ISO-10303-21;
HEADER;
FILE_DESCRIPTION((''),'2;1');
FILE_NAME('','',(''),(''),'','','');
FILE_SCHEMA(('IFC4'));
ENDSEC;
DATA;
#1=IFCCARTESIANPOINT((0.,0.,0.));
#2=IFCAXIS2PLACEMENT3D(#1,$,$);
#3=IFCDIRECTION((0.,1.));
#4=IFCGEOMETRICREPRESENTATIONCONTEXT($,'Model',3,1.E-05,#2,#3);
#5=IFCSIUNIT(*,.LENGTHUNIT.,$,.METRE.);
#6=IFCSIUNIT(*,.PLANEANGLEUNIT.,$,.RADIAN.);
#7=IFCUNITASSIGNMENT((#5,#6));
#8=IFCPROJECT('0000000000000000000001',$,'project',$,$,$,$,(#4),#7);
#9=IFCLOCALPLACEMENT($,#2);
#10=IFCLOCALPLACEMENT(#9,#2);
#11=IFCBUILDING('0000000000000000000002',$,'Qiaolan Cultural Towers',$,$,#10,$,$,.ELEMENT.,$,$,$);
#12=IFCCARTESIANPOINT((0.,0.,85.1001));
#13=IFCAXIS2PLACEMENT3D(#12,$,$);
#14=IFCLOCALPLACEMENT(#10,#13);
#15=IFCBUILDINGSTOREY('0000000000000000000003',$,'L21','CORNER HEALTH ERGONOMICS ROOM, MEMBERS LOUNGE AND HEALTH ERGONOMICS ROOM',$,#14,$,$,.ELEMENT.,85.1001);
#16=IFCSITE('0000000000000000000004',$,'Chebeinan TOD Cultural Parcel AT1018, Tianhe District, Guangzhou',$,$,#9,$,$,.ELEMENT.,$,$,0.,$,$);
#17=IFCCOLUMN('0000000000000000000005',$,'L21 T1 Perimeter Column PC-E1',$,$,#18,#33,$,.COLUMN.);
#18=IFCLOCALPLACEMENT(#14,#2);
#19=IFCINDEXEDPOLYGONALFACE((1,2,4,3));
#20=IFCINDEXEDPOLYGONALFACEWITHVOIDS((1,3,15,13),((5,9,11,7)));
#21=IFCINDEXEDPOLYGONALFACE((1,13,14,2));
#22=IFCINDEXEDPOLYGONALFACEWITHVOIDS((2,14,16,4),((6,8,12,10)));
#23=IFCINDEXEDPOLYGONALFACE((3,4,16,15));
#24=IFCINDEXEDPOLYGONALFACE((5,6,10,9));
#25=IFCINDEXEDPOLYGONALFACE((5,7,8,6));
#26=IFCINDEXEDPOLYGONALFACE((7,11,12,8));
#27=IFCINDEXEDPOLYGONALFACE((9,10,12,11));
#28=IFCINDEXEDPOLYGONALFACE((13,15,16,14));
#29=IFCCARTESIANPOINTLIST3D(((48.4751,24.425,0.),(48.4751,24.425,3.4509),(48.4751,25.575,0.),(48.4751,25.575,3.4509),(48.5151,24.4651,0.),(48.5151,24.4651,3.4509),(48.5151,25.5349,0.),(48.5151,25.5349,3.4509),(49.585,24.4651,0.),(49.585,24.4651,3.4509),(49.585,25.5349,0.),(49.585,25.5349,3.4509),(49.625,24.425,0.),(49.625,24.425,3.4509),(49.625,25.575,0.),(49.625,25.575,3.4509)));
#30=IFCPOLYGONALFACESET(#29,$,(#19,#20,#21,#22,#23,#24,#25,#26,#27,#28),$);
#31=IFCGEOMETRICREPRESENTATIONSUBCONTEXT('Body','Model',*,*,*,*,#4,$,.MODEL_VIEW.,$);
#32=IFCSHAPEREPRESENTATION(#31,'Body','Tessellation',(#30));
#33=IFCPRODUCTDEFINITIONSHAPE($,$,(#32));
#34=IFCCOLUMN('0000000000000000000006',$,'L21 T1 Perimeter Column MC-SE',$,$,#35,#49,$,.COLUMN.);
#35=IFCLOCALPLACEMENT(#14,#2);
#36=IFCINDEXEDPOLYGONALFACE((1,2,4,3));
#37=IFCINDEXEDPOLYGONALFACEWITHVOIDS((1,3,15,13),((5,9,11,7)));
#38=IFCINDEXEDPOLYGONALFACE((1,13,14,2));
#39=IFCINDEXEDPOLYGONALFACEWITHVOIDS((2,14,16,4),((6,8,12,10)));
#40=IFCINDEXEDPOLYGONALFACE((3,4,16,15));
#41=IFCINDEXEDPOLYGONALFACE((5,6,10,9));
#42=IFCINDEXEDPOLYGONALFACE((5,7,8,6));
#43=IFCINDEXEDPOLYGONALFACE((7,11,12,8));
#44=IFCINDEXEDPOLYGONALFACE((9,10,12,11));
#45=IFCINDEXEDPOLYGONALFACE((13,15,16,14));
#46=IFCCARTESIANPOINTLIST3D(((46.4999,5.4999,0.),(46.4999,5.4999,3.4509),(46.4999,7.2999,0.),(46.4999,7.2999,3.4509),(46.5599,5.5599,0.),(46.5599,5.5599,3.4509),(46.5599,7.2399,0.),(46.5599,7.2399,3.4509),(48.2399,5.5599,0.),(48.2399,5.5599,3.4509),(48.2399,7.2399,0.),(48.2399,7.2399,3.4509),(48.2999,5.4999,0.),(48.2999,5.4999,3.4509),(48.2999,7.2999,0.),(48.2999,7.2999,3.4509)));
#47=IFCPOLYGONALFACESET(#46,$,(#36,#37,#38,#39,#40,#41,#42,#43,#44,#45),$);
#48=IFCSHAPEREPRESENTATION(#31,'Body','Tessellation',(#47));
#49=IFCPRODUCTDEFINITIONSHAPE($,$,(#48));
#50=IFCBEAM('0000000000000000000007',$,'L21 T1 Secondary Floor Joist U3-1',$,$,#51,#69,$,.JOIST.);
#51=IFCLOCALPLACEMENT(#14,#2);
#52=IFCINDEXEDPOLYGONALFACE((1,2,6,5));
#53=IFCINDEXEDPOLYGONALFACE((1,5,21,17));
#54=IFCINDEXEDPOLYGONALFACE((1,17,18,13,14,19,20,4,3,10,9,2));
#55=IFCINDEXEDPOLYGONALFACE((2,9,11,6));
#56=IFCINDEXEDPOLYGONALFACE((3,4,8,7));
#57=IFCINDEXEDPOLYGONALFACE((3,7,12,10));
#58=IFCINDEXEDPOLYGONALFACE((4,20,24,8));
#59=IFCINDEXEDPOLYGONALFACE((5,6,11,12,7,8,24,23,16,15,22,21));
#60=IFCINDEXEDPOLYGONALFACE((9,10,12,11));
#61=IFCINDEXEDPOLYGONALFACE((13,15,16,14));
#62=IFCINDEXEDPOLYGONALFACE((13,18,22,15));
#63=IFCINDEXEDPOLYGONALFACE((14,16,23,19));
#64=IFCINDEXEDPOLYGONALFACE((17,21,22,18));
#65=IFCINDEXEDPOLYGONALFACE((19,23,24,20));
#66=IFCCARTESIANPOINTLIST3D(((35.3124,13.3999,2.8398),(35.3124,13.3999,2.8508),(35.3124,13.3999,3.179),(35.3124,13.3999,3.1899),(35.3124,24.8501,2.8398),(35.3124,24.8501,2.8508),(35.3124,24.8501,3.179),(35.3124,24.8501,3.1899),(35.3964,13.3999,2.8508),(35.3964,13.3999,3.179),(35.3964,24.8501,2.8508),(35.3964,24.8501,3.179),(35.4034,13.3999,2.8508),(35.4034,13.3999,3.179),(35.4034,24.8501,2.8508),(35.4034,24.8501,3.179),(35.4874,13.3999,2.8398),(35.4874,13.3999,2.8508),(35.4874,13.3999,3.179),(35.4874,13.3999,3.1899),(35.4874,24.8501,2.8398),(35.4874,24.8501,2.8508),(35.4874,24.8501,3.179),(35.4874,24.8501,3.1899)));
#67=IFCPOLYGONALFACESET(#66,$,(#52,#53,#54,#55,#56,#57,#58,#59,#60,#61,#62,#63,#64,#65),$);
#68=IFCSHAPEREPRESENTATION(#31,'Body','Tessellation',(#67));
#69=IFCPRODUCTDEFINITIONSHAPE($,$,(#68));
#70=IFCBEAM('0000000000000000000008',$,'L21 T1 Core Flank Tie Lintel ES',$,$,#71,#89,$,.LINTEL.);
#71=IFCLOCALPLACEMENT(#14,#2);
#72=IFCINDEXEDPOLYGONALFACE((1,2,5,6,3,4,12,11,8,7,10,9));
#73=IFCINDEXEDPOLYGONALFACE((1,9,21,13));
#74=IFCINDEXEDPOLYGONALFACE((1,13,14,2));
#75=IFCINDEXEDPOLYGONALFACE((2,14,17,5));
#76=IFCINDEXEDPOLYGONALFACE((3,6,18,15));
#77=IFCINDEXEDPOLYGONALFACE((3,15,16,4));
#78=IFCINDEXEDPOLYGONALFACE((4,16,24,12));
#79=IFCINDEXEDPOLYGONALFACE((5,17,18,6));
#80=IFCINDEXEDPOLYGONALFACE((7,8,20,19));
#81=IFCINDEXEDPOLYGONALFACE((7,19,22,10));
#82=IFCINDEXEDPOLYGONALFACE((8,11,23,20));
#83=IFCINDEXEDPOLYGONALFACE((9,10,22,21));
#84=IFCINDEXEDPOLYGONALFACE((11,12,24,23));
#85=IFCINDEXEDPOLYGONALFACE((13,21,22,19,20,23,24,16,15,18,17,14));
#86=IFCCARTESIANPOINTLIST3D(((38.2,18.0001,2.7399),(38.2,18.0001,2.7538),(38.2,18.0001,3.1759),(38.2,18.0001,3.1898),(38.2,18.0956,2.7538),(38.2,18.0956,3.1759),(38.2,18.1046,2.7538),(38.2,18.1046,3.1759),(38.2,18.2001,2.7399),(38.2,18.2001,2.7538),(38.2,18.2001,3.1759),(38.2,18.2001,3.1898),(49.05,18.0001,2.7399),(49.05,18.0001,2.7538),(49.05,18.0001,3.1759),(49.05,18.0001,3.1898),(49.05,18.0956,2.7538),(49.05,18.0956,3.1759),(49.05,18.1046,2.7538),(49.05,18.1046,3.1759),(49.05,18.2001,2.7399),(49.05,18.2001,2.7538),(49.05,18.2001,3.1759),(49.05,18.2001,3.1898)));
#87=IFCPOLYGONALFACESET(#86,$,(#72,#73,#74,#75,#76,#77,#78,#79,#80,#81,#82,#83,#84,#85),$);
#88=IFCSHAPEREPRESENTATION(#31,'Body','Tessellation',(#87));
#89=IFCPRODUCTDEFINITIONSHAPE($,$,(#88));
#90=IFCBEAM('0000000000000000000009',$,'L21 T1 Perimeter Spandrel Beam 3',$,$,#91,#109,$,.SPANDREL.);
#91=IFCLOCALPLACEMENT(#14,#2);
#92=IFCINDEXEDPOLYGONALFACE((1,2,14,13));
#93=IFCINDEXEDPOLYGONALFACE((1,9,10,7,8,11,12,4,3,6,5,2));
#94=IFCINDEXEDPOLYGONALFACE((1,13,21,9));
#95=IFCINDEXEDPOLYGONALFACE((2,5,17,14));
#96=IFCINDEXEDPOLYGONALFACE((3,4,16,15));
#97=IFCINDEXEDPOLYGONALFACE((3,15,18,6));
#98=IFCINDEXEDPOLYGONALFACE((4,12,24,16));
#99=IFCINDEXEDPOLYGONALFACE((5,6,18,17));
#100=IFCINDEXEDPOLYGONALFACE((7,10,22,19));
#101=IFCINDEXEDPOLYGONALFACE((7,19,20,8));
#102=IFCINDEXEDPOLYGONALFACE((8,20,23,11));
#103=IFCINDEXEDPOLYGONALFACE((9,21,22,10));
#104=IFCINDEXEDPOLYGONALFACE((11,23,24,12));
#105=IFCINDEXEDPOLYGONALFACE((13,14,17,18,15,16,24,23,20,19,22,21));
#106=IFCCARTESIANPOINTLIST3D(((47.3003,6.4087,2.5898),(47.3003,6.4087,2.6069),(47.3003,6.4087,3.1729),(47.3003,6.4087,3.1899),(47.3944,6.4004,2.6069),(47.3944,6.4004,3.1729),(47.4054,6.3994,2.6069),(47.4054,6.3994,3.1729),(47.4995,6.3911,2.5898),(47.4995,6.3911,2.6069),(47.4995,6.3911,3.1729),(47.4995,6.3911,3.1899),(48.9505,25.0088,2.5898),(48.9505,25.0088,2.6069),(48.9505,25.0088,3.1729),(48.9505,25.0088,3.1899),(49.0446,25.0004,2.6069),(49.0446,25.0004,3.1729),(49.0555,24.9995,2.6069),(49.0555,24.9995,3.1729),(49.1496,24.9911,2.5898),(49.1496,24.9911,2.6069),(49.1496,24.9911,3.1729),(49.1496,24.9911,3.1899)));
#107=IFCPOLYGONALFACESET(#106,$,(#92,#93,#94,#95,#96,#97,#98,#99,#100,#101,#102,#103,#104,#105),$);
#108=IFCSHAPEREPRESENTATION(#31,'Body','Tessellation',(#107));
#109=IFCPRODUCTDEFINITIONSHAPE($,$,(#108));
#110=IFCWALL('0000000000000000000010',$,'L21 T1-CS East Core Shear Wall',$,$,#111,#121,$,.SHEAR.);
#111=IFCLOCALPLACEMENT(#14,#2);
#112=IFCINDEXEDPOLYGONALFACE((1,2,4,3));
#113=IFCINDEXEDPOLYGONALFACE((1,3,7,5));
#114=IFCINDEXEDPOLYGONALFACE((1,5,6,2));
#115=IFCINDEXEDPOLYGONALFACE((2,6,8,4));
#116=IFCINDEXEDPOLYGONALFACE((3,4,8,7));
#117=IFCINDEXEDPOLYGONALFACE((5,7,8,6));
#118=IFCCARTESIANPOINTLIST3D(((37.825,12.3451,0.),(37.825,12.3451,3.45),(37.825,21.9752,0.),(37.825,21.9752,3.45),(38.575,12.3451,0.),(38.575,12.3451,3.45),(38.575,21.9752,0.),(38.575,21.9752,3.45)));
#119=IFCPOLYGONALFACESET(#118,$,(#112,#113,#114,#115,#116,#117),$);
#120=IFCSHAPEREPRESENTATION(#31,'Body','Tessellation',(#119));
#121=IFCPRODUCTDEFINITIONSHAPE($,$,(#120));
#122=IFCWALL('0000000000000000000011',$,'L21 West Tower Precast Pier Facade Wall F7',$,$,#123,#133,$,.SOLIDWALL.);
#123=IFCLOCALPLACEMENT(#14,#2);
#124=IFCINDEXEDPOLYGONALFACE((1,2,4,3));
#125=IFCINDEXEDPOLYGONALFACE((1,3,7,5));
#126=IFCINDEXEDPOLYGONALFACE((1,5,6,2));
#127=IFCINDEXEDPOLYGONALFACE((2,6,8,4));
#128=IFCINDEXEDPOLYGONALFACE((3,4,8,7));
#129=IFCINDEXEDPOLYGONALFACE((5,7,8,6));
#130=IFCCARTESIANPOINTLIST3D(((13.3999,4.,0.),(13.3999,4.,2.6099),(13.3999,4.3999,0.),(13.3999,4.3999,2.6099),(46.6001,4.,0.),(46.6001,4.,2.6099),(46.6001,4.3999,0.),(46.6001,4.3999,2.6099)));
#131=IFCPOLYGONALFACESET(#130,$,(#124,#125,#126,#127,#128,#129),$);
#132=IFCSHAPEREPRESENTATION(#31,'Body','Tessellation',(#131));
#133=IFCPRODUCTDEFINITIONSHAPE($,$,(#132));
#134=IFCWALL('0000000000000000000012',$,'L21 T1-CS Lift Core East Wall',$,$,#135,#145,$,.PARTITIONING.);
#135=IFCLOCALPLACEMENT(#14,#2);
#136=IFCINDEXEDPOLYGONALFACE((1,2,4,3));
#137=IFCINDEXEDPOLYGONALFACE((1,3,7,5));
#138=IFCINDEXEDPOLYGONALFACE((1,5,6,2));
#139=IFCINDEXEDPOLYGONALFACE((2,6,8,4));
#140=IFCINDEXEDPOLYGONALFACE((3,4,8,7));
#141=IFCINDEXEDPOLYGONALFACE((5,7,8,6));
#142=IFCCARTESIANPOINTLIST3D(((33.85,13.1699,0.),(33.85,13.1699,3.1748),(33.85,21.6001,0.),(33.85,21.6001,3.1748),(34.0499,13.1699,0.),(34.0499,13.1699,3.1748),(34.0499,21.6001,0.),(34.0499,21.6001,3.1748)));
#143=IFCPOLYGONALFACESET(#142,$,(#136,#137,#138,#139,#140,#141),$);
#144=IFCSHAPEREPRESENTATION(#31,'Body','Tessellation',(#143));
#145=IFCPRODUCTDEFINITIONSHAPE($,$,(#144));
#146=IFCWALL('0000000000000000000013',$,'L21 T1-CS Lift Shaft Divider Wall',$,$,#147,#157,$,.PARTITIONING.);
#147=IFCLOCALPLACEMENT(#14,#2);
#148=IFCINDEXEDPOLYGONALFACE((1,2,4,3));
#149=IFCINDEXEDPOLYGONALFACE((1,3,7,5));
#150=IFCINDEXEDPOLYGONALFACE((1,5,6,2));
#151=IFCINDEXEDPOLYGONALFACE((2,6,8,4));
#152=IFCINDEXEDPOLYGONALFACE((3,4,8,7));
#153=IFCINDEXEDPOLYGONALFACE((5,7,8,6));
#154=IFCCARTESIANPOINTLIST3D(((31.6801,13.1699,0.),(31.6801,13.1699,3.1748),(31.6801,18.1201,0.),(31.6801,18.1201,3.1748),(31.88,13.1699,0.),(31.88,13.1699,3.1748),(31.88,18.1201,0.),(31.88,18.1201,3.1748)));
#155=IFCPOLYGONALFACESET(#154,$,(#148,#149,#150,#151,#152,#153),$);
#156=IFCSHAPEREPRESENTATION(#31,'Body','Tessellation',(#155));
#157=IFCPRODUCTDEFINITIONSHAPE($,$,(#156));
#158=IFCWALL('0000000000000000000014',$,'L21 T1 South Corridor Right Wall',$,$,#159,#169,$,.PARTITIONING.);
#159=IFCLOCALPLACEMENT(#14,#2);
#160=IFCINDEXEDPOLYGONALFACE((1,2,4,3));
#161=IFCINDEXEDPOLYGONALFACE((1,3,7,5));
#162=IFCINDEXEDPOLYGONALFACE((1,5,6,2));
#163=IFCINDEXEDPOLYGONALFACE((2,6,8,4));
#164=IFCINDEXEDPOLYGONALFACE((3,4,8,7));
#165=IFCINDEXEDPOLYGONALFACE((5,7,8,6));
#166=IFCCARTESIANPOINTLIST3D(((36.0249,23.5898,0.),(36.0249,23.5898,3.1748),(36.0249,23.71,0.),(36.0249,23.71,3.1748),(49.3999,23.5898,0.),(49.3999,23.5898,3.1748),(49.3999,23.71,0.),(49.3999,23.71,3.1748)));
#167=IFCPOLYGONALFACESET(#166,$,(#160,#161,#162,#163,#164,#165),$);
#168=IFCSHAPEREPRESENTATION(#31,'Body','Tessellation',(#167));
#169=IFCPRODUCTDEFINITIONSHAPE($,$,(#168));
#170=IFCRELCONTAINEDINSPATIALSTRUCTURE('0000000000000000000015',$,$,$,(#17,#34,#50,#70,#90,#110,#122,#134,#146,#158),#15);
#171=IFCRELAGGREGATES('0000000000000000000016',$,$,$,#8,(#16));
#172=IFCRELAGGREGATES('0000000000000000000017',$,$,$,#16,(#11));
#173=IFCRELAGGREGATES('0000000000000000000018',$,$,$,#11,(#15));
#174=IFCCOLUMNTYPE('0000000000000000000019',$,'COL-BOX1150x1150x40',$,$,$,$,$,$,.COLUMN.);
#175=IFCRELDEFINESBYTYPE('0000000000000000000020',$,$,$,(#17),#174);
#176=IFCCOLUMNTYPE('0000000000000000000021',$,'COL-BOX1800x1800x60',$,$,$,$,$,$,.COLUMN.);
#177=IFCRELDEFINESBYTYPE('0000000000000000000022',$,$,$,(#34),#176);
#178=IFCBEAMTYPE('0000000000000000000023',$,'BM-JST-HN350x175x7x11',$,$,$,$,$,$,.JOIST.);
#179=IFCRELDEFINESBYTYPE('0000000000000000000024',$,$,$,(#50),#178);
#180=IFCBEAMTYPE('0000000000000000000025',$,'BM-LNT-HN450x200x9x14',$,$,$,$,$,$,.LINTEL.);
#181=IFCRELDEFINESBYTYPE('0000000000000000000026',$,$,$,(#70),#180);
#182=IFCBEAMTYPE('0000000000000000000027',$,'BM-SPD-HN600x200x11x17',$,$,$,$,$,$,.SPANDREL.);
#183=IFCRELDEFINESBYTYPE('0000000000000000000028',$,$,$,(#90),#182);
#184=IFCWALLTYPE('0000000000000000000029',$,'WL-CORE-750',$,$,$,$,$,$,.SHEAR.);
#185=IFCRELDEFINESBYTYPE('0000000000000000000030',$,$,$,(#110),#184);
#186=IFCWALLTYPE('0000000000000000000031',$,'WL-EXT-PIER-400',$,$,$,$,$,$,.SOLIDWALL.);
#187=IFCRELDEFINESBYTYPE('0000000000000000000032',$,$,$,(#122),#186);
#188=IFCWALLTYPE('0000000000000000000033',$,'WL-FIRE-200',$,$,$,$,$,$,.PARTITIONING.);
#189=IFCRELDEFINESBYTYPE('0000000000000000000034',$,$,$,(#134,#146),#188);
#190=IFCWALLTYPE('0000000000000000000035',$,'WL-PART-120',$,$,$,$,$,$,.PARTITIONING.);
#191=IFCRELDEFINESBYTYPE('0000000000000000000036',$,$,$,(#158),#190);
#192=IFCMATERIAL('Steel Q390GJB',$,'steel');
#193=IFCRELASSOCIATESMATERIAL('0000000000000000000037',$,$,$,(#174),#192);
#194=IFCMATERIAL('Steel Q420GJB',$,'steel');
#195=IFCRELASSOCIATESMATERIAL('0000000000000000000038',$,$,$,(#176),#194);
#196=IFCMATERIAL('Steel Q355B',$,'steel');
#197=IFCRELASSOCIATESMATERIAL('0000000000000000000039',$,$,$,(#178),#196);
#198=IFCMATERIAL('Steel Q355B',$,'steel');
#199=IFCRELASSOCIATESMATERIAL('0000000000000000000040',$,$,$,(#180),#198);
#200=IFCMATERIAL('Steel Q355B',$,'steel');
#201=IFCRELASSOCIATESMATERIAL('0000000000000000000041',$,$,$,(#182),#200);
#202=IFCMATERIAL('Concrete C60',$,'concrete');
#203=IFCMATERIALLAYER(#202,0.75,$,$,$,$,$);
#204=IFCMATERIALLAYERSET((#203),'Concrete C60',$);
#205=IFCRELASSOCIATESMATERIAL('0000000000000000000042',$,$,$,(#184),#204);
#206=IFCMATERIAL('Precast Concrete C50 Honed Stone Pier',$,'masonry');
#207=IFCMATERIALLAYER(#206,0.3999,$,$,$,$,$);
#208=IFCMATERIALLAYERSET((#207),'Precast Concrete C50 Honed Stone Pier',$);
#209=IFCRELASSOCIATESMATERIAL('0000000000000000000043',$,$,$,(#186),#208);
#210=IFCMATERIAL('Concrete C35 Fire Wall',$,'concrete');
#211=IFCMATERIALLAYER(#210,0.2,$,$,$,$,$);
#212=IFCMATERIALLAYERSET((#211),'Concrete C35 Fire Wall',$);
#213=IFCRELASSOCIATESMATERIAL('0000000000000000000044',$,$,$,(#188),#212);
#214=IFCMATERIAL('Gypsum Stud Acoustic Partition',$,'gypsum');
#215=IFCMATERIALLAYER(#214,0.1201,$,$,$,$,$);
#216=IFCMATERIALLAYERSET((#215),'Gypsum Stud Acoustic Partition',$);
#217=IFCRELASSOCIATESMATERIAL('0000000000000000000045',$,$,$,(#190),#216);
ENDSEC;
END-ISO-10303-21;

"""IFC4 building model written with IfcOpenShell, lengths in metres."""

from ifc_helpers import new_model, si_unit, direction, frame, frame_2d, origin, origin_2d, place, context, subcontext, project, spatial, rectangle, hollow_rectangle, i_section, extrude, material, layer, layer_set, material_profile, profile_set, type_object, element, save


model = new_model("IFC4")

# Units and contexts
model_context = context("Model", 3, precision=1e-05, world=origin(), true_north=direction((0.0, 1.0)))
body_context = subcontext(model_context, "Body", "Model", "MODEL_VIEW")
ifc_project = project(units=[si_unit("LENGTHUNIT", "METRE"), si_unit("PLANEANGLEUNIT", "RADIAN")], contexts=[model_context])

# Site, building, storey
site_placement = place(None, origin())
site = spatial("IfcSite", under=ifc_project, at=site_placement, Name="Chebeinan TOD Cultural Parcel AT1018, Tianhe District, Guangzhou", CompositionType="ELEMENT", RefElevation=0.0)
building_placement = place(site_placement, origin())
building = spatial("IfcBuilding", under=site, at=building_placement, Name="Qiaolan Cultural Towers", CompositionType="ELEMENT")
storey_placement = place(building_placement, frame((0.0, 0.0, 85.1001)))
storey = spatial("IfcBuildingStorey", under=building, at=storey_placement, Name="L21", Description="CORNER HEALTH ERGONOMICS ROOM, MEMBERS LOUNGE AND HEALTH ERGONOMICS ROOM", CompositionType="ELEMENT", Elevation=85.1001)

# Columns
ifc_material_1 = material(Name="Steel Q390GJB", Category="steel")
ifc_material_profile_1 = material_profile(ifc_material_1, hollow_rectangle(XDim=1.1499, YDim=1.1499, WallThickness=0.04, at=origin_2d()), Name="BOX1150x1150x40")
ifc_profile_set_1 = profile_set([ifc_material_profile_1], Name="Steel Q390GJB")
column_type_1 = type_object("IfcColumnType", Name="COL-BOX1150x1150x40", PredefinedType="COLUMN", material=ifc_profile_set_1)
column_1_placement = place(storey_placement, frame((49.05, 25.0, 0.0), z_axis=(0.0, 0.0, 1.0), x_axis=(1.0, 0.0, 0.0)))
element("IfcColumn", 1, at=column_1_placement, inside=storey, type_object=column_type_1, Name="L21 T1 Perimeter Column PC-E1", PredefinedType="COLUMN", context=body_context, shape_type="SweptSolid", body=[
    extrude(hollow_rectangle(XDim=1.1499, YDim=1.1499, WallThickness=0.04, at=origin_2d()), origin(), (0.0, 0.0, 1.0), 3.4509),
])
ifc_material_2 = material(Name="Steel Q420GJB", Category="steel")
ifc_material_profile_2 = material_profile(ifc_material_2, hollow_rectangle(XDim=1.8, YDim=1.8, WallThickness=0.0601, at=origin_2d()), Name="BOX1800x1800x60")
ifc_profile_set_2 = profile_set([ifc_material_profile_2], Name="Steel Q420GJB")
column_type_2 = type_object("IfcColumnType", Name="COL-BOX1800x1800x60", PredefinedType="COLUMN", material=ifc_profile_set_2)
column_2_placement = place(storey_placement, frame((47.3999, 6.3999, 0.0), z_axis=(0.0, 0.0, 1.0), x_axis=(1.0, 0.0, 0.0)))
element("IfcColumn", 2, at=column_2_placement, inside=storey, type_object=column_type_2, Name="L21 T1 Perimeter Column MC-SE", PredefinedType="COLUMN", context=body_context, shape_type="SweptSolid", body=[
    extrude(hollow_rectangle(XDim=1.8, YDim=1.8, WallThickness=0.0601, at=origin_2d()), origin(), (0.0, 0.0, 1.0), 3.4509),
])

# Beams
ifc_material_3 = material(Name="Steel Q355B", Category="steel")
ifc_material_profile_3 = material_profile(ifc_material_3, i_section(OverallWidth=0.175, OverallDepth=0.3501, WebThickness=0.0071, FlangeThickness=0.011, at=origin_2d()), Name="HN350x175x7x11")
ifc_profile_set_3 = profile_set([ifc_material_profile_3], Name="Steel Q355B")
beam_type_1 = type_object("IfcBeamType", Name="BM-JST-HN350x175x7x11", PredefinedType="JOIST", material=ifc_profile_set_3)
beam_1_placement = place(storey_placement, frame((35.3999, 13.3999, 3.0149), z_axis=(0.0, 1.0, 0.0), x_axis=(-1.0, 0.0, 0.0)))
element("IfcBeam", 3, at=beam_1_placement, inside=storey, type_object=beam_type_1, Name="L21 T1 Secondary Floor Joist U3-1", PredefinedType="JOIST", context=body_context, shape_type="SweptSolid", body=[
    extrude(i_section(OverallWidth=0.175, OverallDepth=0.3501, WebThickness=0.0071, FlangeThickness=0.011, at=origin_2d()), origin(), (0.0, 0.0, 1.0), 11.4502),
])
ifc_material_4 = material(Name="Steel Q355B", Category="steel")
ifc_material_profile_4 = material_profile(ifc_material_4, i_section(OverallWidth=0.2, OverallDepth=0.45, WebThickness=0.009, FlangeThickness=0.0139, at=origin_2d()), Name="HN450x200x9x14")
ifc_profile_set_4 = profile_set([ifc_material_profile_4], Name="Steel Q355B")
beam_type_2 = type_object("IfcBeamType", Name="BM-LNT-HN450x200x9x14", PredefinedType="LINTEL", material=ifc_profile_set_4)
beam_2_placement = place(storey_placement, frame((38.2, 18.1001, 2.9648), z_axis=(1.0, 0.0, 0.0), x_axis=(0.0, 1.0, 0.0)))
element("IfcBeam", 4, at=beam_2_placement, inside=storey, type_object=beam_type_2, Name="L21 T1 Core Flank Tie Lintel ES", PredefinedType="LINTEL", context=body_context, shape_type="SweptSolid", body=[
    extrude(i_section(OverallWidth=0.2, OverallDepth=0.45, WebThickness=0.009, FlangeThickness=0.0139, at=origin_2d()), origin(), (0.0, 0.0, 1.0), 10.8501),
])
ifc_material_5 = material(Name="Steel Q355B", Category="steel")
ifc_material_profile_5 = material_profile(ifc_material_5, i_section(OverallWidth=0.2, OverallDepth=0.6001, WebThickness=0.011, FlangeThickness=0.0171, at=origin_2d()), Name="HN600x200x11x17")
ifc_profile_set_5 = profile_set([ifc_material_profile_5], Name="Steel Q355B")
beam_type_3 = type_object("IfcBeamType", Name="BM-SPD-HN600x200x11x17", PredefinedType="SPANDREL", material=ifc_profile_set_5)
beam_3_placement = place(storey_placement, frame((47.3999, 6.3999, 2.8899), z_axis=(0.08837, 0.996088, 0.0), x_axis=(-0.996088, 0.08837, 0.0)))
element("IfcBeam", 5, at=beam_3_placement, inside=storey, type_object=beam_type_3, Name="L21 T1 Perimeter Spandrel Beam 3", PredefinedType="SPANDREL", context=body_context, shape_type="SweptSolid", body=[
    extrude(i_section(OverallWidth=0.2, OverallDepth=0.6001, WebThickness=0.011, FlangeThickness=0.0171, at=origin_2d()), origin(), (0.0, 0.0, 1.0), 18.6731),
])

# Walls
ifc_material_6 = material(Name="Concrete C60", Category="concrete")
ifc_layer_1 = layer(ifc_material_6, 0.75)
ifc_layer_set_1 = layer_set([ifc_layer_1], Name="Concrete C60")
wall_type_1 = type_object("IfcWallType", Name="WL-CORE-750", PredefinedType="SHEAR", material=ifc_layer_set_1)
wall_1_placement = place(storey_placement, frame((38.2, 21.9751, 0.0), z_axis=(0.0, 0.0, 1.0), x_axis=(0.0, -1.0, 0.0)))
element("IfcWall", 6, at=wall_1_placement, inside=storey, type_object=wall_type_1, Name="L21 T1-CS East Core Shear Wall", PredefinedType="SHEAR", context=body_context, shape_type="SweptSolid", body=[
    extrude(rectangle(XDim=9.6301, YDim=0.75, at=frame_2d((4.8149, 0.0))), origin(), (0.0, 0.0, 1.0), 3.45),
])
ifc_material_7 = material(Name="Precast Concrete C50 Honed Stone Pier", Category="masonry")
ifc_layer_2 = layer(ifc_material_7, 0.3999)
ifc_layer_set_2 = layer_set([ifc_layer_2], Name="Precast Concrete C50 Honed Stone Pier")
wall_type_2 = type_object("IfcWallType", Name="WL-EXT-PIER-400", PredefinedType="SOLIDWALL", material=ifc_layer_set_2)
wall_2_placement = place(storey_placement, frame((46.6001, 4.2, 0.0), z_axis=(0.0, 0.0, 1.0), x_axis=(-1.0, 0.0, 0.0)))
element("IfcWall", 7, at=wall_2_placement, inside=storey, type_object=wall_type_2, Name="L21 West Tower Precast Pier Facade Wall F7", PredefinedType="SOLIDWALL", context=body_context, shape_type="SweptSolid", body=[
    extrude(rectangle(XDim=33.2002, YDim=0.3999, at=frame_2d((16.6001, 0.0))), origin(), (0.0, 0.0, 1.0), 2.6099),
])
ifc_material_8 = material(Name="Concrete C35 Fire Wall", Category="concrete")
ifc_layer_3 = layer(ifc_material_8, 0.2)
ifc_layer_set_3 = layer_set([ifc_layer_3], Name="Concrete C35 Fire Wall")
wall_type_3 = type_object("IfcWallType", Name="WL-FIRE-200", PredefinedType="PARTITIONING", material=ifc_layer_set_3)
wall_3_placement = place(storey_placement, frame((33.95, 21.6001, 0.0), z_axis=(0.0, 0.0, 1.0), x_axis=(0.0, -1.0, 0.0)))
element("IfcWall", 8, at=wall_3_placement, inside=storey, type_object=wall_type_3, Name="L21 T1-CS Lift Core East Wall", PredefinedType="PARTITIONING", context=body_context, shape_type="SweptSolid", body=[
    extrude(rectangle(XDim=8.4302, YDim=0.2, at=frame_2d((4.2151, 0.0))), origin(), (0.0, 0.0, 1.0), 3.1748),
])
wall_4_placement = place(storey_placement, frame((31.78, 18.1201, 0.0), z_axis=(0.0, 0.0, 1.0), x_axis=(0.0, -1.0, 0.0)))
element("IfcWall", 9, at=wall_4_placement, inside=storey, type_object=wall_type_3, Name="L21 T1-CS Lift Shaft Divider Wall", PredefinedType="PARTITIONING", context=body_context, shape_type="SweptSolid", body=[
    extrude(rectangle(XDim=4.9502, YDim=0.2, at=frame_2d((2.4751, 0.0))), origin(), (0.0, 0.0, 1.0), 3.1748),
])
ifc_material_9 = material(Name="Gypsum Stud Acoustic Partition", Category="gypsum")
ifc_layer_4 = layer(ifc_material_9, 0.1201)
ifc_layer_set_4 = layer_set([ifc_layer_4], Name="Gypsum Stud Acoustic Partition")
wall_type_4 = type_object("IfcWallType", Name="WL-PART-120", PredefinedType="PARTITIONING", material=ifc_layer_set_4)
wall_5_placement = place(storey_placement, frame((36.0249, 23.6499, 0.0), z_axis=(0.0, 0.0, 1.0), x_axis=(1.0, 0.0, 0.0)))
element("IfcWall", 10, at=wall_5_placement, inside=storey, type_object=wall_type_4, Name="L21 T1 South Corridor Right Wall", PredefinedType="PARTITIONING", context=body_context, shape_type="SweptSolid", body=[
    extrude(rectangle(XDim=13.375, YDim=0.1201, at=frame_2d((6.6875, 0.0))), origin(), (0.0, 0.0, 1.0), 3.1748),
])

save(model, "model.ifc")
